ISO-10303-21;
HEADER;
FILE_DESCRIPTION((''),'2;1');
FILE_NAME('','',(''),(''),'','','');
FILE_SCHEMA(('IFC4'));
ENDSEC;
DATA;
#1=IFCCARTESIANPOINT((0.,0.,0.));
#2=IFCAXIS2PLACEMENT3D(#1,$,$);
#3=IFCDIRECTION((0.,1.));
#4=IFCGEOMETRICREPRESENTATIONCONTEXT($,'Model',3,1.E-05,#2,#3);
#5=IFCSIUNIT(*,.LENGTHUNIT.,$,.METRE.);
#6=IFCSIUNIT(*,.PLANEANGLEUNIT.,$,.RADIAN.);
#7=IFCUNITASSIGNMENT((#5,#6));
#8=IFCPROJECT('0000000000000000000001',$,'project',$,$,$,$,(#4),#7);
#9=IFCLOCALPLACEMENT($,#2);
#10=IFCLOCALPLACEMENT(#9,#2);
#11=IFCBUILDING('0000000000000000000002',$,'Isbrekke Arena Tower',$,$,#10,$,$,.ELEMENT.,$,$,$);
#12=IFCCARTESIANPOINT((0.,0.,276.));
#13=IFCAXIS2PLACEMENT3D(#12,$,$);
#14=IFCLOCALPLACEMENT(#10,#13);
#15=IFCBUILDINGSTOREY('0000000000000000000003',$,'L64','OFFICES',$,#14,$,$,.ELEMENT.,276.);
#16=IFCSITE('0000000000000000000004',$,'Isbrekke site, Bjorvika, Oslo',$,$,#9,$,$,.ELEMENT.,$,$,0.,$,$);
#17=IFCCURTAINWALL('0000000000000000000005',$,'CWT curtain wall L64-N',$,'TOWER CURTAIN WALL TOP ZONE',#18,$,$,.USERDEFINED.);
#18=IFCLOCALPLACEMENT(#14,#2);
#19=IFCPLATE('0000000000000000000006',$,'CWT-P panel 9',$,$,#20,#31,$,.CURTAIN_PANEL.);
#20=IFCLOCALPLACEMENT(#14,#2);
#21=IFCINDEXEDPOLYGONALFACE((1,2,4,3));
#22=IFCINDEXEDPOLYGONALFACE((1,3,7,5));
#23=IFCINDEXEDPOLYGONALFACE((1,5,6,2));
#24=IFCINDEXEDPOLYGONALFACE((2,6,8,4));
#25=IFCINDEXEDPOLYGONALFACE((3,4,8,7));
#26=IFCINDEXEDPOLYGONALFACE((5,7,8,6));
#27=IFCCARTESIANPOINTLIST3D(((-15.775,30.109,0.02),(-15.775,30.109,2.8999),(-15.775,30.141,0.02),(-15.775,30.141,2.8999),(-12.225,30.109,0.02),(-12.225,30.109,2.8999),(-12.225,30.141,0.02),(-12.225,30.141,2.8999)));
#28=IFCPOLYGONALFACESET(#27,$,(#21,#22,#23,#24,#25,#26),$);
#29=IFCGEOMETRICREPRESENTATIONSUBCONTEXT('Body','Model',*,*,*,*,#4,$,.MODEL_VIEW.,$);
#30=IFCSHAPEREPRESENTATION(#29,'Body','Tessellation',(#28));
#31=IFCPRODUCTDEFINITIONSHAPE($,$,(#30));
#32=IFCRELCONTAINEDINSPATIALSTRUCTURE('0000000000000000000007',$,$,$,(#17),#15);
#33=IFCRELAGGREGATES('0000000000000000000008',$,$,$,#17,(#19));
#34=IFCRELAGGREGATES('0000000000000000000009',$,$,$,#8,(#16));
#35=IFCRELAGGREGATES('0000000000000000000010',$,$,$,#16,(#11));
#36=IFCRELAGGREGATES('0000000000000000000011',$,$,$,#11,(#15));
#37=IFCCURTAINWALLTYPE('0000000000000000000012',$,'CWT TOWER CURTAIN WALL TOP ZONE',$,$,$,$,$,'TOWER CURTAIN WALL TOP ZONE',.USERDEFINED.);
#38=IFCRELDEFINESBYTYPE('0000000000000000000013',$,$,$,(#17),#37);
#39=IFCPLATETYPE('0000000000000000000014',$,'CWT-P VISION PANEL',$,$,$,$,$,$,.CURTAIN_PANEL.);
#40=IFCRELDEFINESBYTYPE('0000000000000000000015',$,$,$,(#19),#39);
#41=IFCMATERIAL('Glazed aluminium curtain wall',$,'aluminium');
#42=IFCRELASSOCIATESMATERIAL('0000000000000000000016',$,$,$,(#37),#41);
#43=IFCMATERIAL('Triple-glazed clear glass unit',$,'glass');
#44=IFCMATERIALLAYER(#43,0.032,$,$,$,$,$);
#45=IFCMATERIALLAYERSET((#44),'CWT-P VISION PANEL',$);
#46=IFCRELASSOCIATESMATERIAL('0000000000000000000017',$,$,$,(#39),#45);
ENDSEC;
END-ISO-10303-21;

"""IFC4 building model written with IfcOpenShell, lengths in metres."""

from ifc_helpers import new_model, si_unit, direction, frame, origin, origin_2d, place, context, subcontext, project, spatial, rectangle, extrude, material, layer, layer_set, type_object, element, aggregate, save


model = new_model("IFC4")

# Units and contexts
model_context = context("Model", 3, precision=1e-05, world=origin(), true_north=direction((0.0, 1.0)))
body_context = subcontext(model_context, "Body", "Model", "MODEL_VIEW")
ifc_project = project(units=[si_unit("LENGTHUNIT", "METRE"), si_unit("PLANEANGLEUNIT", "RADIAN")], contexts=[model_context])

# Site, building, storey
site_placement = place(None, origin())
site = spatial("IfcSite", under=ifc_project, at=site_placement, Name="Isbrekke site, Bjorvika, Oslo", CompositionType="ELEMENT", RefElevation=0.0)
building_placement = place(site_placement, origin())
building = spatial("IfcBuilding", under=site, at=building_placement, Name="Isbrekke Arena Tower", CompositionType="ELEMENT")
storey_placement = place(building_placement, frame((0.0, 0.0, 276.0)))
storey = spatial("IfcBuildingStorey", under=building, at=storey_placement, Name="L64", Description="OFFICES", CompositionType="ELEMENT", Elevation=276.0)

# Curtain wall
ifc_material_1 = material(Name="Glazed aluminium curtain wall", Category="aluminium")
curtain_wall_type = type_object("IfcCurtainWallType", Name="CWT TOWER CURTAIN WALL TOP ZONE", ElementType="TOWER CURTAIN WALL TOP ZONE", PredefinedType="USERDEFINED", material=ifc_material_1)
curtain_wall_placement = place(storey_placement, origin())
curtain_wall = element("IfcCurtainWall", 1, at=curtain_wall_placement, inside=storey, type_object=curtain_wall_type, Name="CWT curtain wall L64-N", ObjectType="TOWER CURTAIN WALL TOP ZONE", PredefinedType="USERDEFINED")

# Plate
ifc_material_2 = material(Name="Triple-glazed clear glass unit", Category="glass")
ifc_layer = layer(ifc_material_2, 0.032)
ifc_layer_set = layer_set([ifc_layer], Name="CWT-P VISION PANEL")
plate_type = type_object("IfcPlateType", Name="CWT-P VISION PANEL", PredefinedType="CURTAIN_PANEL", material=ifc_layer_set)
plate_1_placement = place(storey_placement, frame((-14.0, 30.125, 0.02), z_axis=(0.0, 0.0, 1.0), x_axis=(-1.0, 0.0, 0.0)))
plate_1 = element("IfcPlate", 2, at=plate_1_placement, type_object=plate_type, Name="CWT-P panel 9", PredefinedType="CURTAIN_PANEL", context=body_context, shape_type="SweptSolid", body=[
    extrude(rectangle(XDim=3.55, YDim=0.032, at=origin_2d()), origin(), (0.0, 0.0, 1.0), 2.8799),
])
aggregate(curtain_wall, [plate_1])

save(model, "model.ifc")
